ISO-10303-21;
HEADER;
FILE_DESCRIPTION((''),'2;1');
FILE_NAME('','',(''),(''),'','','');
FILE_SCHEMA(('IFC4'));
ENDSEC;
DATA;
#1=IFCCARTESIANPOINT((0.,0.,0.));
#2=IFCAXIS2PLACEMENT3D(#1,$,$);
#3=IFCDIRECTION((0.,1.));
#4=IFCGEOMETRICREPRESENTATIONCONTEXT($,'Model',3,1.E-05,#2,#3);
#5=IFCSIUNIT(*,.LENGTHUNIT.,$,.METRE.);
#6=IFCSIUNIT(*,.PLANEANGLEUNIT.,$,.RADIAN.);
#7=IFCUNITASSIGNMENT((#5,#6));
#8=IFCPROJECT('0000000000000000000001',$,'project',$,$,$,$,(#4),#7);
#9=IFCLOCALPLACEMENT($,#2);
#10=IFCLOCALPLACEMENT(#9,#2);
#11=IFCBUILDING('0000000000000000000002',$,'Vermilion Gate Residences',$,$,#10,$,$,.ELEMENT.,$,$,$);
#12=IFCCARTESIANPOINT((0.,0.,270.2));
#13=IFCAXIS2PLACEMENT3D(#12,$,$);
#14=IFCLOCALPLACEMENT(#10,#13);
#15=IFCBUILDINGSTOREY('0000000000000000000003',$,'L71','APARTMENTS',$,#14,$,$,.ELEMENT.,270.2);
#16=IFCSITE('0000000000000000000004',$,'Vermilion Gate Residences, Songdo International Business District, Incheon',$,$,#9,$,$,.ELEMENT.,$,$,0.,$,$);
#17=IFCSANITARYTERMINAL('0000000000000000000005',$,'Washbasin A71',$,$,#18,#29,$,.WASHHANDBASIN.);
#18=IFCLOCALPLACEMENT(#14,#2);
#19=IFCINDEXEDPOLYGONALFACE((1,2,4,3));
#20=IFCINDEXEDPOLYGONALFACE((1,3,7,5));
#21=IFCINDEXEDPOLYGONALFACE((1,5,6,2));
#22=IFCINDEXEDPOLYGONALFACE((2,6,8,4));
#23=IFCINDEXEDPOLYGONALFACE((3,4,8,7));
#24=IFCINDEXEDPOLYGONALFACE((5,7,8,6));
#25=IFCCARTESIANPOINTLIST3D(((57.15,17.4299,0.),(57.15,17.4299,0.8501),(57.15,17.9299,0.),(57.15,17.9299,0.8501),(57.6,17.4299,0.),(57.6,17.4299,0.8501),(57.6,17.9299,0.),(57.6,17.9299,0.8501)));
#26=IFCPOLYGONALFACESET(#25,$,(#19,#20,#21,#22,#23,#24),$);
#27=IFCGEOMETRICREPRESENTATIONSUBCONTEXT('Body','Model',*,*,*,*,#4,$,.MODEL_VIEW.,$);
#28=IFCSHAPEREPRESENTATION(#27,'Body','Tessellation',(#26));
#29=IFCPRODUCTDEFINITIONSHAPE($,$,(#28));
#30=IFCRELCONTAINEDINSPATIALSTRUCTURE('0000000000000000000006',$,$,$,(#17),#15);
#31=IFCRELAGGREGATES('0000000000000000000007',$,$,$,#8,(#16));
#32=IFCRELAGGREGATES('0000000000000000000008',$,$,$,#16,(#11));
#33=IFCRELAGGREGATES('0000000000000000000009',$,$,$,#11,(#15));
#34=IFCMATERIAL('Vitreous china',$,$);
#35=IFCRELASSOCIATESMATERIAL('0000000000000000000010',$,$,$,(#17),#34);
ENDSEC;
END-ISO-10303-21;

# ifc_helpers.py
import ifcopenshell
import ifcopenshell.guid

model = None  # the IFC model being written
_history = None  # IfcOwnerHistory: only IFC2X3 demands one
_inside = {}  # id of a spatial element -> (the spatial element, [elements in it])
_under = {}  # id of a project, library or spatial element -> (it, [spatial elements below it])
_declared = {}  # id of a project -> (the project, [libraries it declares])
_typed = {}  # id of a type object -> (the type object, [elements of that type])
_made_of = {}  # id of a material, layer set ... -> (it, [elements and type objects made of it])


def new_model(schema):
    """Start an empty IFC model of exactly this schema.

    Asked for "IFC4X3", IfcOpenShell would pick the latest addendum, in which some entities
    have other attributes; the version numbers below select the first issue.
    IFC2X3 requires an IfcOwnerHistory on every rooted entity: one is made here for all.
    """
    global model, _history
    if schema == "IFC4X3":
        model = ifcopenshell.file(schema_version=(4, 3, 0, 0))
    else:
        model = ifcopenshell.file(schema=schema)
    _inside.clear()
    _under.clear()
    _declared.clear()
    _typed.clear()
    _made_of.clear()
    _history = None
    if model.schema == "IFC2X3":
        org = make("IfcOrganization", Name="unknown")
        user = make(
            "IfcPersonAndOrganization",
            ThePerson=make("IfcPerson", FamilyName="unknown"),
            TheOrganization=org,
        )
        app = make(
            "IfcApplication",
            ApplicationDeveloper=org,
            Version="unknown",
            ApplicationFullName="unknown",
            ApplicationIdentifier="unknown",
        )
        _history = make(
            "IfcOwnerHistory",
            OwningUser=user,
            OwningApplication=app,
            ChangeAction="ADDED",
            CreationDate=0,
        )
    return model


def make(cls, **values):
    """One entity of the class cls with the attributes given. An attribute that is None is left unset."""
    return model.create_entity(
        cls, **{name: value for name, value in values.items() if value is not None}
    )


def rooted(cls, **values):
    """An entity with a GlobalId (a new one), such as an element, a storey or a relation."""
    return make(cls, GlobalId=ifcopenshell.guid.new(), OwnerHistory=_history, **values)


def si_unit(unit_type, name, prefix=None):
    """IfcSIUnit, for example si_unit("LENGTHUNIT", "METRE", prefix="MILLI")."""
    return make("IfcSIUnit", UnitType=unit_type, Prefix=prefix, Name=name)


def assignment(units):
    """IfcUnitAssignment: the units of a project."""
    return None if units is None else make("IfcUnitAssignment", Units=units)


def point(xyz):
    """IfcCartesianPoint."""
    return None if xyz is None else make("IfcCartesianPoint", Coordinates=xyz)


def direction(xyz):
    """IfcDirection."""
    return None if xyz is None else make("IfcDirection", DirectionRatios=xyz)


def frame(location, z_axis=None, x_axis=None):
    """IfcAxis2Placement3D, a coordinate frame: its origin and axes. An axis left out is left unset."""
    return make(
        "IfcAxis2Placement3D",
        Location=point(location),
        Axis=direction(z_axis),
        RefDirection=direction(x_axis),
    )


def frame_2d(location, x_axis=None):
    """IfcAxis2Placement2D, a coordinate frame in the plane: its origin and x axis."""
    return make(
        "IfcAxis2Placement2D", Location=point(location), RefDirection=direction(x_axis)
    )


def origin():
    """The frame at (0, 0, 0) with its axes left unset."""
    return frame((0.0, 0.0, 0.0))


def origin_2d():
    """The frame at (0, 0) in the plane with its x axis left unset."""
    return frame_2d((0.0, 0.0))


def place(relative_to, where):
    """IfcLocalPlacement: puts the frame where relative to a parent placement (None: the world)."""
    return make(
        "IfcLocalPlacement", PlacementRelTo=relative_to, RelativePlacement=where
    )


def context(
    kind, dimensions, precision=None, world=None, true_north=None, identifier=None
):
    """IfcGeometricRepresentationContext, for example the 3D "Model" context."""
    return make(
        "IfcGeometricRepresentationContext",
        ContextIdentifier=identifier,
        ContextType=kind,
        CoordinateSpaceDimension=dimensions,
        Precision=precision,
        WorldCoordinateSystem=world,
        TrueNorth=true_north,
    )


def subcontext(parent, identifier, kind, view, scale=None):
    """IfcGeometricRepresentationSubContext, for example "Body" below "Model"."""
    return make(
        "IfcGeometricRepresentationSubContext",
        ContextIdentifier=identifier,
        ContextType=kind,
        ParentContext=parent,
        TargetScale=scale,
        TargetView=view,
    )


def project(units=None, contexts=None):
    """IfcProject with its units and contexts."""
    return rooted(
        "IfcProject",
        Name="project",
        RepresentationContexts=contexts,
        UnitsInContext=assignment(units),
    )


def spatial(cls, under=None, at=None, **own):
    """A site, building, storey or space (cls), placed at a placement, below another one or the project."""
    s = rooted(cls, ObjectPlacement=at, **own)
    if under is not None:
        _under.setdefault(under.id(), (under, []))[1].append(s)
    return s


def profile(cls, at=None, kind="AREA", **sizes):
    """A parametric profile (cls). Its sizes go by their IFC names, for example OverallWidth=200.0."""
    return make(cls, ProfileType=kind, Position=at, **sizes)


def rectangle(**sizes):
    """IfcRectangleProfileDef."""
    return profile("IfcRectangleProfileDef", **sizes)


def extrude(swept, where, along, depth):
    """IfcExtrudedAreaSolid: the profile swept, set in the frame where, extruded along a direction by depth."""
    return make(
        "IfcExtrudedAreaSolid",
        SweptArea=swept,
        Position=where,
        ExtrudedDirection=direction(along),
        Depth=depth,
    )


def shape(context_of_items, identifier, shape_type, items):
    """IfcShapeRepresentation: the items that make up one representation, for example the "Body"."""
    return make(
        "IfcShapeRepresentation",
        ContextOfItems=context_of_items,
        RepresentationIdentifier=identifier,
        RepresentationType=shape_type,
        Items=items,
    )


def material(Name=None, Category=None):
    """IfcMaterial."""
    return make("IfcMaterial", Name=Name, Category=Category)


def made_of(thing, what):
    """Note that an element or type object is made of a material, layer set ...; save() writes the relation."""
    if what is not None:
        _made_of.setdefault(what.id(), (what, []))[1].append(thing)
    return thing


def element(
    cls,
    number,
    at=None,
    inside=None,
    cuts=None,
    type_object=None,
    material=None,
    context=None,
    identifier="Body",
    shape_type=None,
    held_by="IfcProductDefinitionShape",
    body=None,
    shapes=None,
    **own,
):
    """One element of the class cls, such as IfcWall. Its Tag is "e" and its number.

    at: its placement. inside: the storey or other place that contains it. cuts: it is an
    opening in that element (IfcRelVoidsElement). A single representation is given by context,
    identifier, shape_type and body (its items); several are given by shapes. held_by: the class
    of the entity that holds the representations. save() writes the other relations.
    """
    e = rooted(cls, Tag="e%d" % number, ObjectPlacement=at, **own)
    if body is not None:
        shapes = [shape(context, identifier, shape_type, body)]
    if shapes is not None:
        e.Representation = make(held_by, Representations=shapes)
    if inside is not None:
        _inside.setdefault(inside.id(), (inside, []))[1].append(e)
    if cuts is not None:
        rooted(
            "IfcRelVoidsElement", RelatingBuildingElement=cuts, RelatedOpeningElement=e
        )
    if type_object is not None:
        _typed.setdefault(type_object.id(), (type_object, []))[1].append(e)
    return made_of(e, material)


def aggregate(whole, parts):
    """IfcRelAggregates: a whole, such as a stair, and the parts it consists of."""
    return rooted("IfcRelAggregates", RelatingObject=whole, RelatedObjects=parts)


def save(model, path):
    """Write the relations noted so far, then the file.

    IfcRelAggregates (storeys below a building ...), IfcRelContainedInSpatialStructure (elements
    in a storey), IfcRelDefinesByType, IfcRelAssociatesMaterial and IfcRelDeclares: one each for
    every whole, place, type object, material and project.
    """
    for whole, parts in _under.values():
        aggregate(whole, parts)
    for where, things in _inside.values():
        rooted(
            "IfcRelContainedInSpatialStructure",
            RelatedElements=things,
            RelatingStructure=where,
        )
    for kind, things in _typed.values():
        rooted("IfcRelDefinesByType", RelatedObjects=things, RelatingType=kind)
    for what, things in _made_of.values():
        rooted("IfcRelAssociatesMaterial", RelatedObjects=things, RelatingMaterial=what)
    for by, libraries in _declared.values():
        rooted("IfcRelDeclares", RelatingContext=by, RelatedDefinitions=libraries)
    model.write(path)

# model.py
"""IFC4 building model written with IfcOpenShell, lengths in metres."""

from ifc_helpers import new_model, si_unit, direction, frame, origin, origin_2d, place, context, subcontext, project, spatial, rectangle, extrude, material, element, save


model = new_model("IFC4")

# Units and contexts
model_context = context("Model", 3, precision=1e-05, world=origin(), true_north=direction((0.0, 1.0)))
body_context = subcontext(model_context, "Body", "Model", "MODEL_VIEW")
ifc_project = project(units=[si_unit("LENGTHUNIT", "METRE"), si_unit("PLANEANGLEUNIT", "RADIAN")], contexts=[model_context])

# Site, building, storey
site_placement = place(None, origin())
site = spatial("IfcSite", under=ifc_project, at=site_placement, Name="Vermilion Gate Residences, Songdo International Business District, Incheon", CompositionType="ELEMENT", RefElevation=0.0)
building_placement = place(site_placement, origin())
building = spatial("IfcBuilding", under=site, at=building_placement, Name="Vermilion Gate Residences", CompositionType="ELEMENT")
storey_placement = place(building_placement, frame((0.0, 0.0, 270.2)))
storey = spatial("IfcBuildingStorey", under=building, at=storey_placement, Name="L71", Description="APARTMENTS", CompositionType="ELEMENT", Elevation=270.2)

# Sanitary terminal
ifc_material_1 = material(Name="Vitreous china")
sanitary_terminal_1_placement = place(storey_placement, frame((57.375, 17.6799, 0.0), z_axis=(0.0, 0.0, 1.0), x_axis=(1.0, 0.0, 0.0)))
element("IfcSanitaryTerminal", 1, at=sanitary_terminal_1_placement, inside=storey, material=ifc_material_1, Name="Washbasin A71", PredefinedType="WASHHANDBASIN", context=body_context, shape_type="SweptSolid", body=[
    extrude(rectangle(XDim=0.45, YDim=0.5, at=origin_2d()), origin(), (0.0, 0.0, 1.0), 0.8501),
])

save(model, "model.ifc")
